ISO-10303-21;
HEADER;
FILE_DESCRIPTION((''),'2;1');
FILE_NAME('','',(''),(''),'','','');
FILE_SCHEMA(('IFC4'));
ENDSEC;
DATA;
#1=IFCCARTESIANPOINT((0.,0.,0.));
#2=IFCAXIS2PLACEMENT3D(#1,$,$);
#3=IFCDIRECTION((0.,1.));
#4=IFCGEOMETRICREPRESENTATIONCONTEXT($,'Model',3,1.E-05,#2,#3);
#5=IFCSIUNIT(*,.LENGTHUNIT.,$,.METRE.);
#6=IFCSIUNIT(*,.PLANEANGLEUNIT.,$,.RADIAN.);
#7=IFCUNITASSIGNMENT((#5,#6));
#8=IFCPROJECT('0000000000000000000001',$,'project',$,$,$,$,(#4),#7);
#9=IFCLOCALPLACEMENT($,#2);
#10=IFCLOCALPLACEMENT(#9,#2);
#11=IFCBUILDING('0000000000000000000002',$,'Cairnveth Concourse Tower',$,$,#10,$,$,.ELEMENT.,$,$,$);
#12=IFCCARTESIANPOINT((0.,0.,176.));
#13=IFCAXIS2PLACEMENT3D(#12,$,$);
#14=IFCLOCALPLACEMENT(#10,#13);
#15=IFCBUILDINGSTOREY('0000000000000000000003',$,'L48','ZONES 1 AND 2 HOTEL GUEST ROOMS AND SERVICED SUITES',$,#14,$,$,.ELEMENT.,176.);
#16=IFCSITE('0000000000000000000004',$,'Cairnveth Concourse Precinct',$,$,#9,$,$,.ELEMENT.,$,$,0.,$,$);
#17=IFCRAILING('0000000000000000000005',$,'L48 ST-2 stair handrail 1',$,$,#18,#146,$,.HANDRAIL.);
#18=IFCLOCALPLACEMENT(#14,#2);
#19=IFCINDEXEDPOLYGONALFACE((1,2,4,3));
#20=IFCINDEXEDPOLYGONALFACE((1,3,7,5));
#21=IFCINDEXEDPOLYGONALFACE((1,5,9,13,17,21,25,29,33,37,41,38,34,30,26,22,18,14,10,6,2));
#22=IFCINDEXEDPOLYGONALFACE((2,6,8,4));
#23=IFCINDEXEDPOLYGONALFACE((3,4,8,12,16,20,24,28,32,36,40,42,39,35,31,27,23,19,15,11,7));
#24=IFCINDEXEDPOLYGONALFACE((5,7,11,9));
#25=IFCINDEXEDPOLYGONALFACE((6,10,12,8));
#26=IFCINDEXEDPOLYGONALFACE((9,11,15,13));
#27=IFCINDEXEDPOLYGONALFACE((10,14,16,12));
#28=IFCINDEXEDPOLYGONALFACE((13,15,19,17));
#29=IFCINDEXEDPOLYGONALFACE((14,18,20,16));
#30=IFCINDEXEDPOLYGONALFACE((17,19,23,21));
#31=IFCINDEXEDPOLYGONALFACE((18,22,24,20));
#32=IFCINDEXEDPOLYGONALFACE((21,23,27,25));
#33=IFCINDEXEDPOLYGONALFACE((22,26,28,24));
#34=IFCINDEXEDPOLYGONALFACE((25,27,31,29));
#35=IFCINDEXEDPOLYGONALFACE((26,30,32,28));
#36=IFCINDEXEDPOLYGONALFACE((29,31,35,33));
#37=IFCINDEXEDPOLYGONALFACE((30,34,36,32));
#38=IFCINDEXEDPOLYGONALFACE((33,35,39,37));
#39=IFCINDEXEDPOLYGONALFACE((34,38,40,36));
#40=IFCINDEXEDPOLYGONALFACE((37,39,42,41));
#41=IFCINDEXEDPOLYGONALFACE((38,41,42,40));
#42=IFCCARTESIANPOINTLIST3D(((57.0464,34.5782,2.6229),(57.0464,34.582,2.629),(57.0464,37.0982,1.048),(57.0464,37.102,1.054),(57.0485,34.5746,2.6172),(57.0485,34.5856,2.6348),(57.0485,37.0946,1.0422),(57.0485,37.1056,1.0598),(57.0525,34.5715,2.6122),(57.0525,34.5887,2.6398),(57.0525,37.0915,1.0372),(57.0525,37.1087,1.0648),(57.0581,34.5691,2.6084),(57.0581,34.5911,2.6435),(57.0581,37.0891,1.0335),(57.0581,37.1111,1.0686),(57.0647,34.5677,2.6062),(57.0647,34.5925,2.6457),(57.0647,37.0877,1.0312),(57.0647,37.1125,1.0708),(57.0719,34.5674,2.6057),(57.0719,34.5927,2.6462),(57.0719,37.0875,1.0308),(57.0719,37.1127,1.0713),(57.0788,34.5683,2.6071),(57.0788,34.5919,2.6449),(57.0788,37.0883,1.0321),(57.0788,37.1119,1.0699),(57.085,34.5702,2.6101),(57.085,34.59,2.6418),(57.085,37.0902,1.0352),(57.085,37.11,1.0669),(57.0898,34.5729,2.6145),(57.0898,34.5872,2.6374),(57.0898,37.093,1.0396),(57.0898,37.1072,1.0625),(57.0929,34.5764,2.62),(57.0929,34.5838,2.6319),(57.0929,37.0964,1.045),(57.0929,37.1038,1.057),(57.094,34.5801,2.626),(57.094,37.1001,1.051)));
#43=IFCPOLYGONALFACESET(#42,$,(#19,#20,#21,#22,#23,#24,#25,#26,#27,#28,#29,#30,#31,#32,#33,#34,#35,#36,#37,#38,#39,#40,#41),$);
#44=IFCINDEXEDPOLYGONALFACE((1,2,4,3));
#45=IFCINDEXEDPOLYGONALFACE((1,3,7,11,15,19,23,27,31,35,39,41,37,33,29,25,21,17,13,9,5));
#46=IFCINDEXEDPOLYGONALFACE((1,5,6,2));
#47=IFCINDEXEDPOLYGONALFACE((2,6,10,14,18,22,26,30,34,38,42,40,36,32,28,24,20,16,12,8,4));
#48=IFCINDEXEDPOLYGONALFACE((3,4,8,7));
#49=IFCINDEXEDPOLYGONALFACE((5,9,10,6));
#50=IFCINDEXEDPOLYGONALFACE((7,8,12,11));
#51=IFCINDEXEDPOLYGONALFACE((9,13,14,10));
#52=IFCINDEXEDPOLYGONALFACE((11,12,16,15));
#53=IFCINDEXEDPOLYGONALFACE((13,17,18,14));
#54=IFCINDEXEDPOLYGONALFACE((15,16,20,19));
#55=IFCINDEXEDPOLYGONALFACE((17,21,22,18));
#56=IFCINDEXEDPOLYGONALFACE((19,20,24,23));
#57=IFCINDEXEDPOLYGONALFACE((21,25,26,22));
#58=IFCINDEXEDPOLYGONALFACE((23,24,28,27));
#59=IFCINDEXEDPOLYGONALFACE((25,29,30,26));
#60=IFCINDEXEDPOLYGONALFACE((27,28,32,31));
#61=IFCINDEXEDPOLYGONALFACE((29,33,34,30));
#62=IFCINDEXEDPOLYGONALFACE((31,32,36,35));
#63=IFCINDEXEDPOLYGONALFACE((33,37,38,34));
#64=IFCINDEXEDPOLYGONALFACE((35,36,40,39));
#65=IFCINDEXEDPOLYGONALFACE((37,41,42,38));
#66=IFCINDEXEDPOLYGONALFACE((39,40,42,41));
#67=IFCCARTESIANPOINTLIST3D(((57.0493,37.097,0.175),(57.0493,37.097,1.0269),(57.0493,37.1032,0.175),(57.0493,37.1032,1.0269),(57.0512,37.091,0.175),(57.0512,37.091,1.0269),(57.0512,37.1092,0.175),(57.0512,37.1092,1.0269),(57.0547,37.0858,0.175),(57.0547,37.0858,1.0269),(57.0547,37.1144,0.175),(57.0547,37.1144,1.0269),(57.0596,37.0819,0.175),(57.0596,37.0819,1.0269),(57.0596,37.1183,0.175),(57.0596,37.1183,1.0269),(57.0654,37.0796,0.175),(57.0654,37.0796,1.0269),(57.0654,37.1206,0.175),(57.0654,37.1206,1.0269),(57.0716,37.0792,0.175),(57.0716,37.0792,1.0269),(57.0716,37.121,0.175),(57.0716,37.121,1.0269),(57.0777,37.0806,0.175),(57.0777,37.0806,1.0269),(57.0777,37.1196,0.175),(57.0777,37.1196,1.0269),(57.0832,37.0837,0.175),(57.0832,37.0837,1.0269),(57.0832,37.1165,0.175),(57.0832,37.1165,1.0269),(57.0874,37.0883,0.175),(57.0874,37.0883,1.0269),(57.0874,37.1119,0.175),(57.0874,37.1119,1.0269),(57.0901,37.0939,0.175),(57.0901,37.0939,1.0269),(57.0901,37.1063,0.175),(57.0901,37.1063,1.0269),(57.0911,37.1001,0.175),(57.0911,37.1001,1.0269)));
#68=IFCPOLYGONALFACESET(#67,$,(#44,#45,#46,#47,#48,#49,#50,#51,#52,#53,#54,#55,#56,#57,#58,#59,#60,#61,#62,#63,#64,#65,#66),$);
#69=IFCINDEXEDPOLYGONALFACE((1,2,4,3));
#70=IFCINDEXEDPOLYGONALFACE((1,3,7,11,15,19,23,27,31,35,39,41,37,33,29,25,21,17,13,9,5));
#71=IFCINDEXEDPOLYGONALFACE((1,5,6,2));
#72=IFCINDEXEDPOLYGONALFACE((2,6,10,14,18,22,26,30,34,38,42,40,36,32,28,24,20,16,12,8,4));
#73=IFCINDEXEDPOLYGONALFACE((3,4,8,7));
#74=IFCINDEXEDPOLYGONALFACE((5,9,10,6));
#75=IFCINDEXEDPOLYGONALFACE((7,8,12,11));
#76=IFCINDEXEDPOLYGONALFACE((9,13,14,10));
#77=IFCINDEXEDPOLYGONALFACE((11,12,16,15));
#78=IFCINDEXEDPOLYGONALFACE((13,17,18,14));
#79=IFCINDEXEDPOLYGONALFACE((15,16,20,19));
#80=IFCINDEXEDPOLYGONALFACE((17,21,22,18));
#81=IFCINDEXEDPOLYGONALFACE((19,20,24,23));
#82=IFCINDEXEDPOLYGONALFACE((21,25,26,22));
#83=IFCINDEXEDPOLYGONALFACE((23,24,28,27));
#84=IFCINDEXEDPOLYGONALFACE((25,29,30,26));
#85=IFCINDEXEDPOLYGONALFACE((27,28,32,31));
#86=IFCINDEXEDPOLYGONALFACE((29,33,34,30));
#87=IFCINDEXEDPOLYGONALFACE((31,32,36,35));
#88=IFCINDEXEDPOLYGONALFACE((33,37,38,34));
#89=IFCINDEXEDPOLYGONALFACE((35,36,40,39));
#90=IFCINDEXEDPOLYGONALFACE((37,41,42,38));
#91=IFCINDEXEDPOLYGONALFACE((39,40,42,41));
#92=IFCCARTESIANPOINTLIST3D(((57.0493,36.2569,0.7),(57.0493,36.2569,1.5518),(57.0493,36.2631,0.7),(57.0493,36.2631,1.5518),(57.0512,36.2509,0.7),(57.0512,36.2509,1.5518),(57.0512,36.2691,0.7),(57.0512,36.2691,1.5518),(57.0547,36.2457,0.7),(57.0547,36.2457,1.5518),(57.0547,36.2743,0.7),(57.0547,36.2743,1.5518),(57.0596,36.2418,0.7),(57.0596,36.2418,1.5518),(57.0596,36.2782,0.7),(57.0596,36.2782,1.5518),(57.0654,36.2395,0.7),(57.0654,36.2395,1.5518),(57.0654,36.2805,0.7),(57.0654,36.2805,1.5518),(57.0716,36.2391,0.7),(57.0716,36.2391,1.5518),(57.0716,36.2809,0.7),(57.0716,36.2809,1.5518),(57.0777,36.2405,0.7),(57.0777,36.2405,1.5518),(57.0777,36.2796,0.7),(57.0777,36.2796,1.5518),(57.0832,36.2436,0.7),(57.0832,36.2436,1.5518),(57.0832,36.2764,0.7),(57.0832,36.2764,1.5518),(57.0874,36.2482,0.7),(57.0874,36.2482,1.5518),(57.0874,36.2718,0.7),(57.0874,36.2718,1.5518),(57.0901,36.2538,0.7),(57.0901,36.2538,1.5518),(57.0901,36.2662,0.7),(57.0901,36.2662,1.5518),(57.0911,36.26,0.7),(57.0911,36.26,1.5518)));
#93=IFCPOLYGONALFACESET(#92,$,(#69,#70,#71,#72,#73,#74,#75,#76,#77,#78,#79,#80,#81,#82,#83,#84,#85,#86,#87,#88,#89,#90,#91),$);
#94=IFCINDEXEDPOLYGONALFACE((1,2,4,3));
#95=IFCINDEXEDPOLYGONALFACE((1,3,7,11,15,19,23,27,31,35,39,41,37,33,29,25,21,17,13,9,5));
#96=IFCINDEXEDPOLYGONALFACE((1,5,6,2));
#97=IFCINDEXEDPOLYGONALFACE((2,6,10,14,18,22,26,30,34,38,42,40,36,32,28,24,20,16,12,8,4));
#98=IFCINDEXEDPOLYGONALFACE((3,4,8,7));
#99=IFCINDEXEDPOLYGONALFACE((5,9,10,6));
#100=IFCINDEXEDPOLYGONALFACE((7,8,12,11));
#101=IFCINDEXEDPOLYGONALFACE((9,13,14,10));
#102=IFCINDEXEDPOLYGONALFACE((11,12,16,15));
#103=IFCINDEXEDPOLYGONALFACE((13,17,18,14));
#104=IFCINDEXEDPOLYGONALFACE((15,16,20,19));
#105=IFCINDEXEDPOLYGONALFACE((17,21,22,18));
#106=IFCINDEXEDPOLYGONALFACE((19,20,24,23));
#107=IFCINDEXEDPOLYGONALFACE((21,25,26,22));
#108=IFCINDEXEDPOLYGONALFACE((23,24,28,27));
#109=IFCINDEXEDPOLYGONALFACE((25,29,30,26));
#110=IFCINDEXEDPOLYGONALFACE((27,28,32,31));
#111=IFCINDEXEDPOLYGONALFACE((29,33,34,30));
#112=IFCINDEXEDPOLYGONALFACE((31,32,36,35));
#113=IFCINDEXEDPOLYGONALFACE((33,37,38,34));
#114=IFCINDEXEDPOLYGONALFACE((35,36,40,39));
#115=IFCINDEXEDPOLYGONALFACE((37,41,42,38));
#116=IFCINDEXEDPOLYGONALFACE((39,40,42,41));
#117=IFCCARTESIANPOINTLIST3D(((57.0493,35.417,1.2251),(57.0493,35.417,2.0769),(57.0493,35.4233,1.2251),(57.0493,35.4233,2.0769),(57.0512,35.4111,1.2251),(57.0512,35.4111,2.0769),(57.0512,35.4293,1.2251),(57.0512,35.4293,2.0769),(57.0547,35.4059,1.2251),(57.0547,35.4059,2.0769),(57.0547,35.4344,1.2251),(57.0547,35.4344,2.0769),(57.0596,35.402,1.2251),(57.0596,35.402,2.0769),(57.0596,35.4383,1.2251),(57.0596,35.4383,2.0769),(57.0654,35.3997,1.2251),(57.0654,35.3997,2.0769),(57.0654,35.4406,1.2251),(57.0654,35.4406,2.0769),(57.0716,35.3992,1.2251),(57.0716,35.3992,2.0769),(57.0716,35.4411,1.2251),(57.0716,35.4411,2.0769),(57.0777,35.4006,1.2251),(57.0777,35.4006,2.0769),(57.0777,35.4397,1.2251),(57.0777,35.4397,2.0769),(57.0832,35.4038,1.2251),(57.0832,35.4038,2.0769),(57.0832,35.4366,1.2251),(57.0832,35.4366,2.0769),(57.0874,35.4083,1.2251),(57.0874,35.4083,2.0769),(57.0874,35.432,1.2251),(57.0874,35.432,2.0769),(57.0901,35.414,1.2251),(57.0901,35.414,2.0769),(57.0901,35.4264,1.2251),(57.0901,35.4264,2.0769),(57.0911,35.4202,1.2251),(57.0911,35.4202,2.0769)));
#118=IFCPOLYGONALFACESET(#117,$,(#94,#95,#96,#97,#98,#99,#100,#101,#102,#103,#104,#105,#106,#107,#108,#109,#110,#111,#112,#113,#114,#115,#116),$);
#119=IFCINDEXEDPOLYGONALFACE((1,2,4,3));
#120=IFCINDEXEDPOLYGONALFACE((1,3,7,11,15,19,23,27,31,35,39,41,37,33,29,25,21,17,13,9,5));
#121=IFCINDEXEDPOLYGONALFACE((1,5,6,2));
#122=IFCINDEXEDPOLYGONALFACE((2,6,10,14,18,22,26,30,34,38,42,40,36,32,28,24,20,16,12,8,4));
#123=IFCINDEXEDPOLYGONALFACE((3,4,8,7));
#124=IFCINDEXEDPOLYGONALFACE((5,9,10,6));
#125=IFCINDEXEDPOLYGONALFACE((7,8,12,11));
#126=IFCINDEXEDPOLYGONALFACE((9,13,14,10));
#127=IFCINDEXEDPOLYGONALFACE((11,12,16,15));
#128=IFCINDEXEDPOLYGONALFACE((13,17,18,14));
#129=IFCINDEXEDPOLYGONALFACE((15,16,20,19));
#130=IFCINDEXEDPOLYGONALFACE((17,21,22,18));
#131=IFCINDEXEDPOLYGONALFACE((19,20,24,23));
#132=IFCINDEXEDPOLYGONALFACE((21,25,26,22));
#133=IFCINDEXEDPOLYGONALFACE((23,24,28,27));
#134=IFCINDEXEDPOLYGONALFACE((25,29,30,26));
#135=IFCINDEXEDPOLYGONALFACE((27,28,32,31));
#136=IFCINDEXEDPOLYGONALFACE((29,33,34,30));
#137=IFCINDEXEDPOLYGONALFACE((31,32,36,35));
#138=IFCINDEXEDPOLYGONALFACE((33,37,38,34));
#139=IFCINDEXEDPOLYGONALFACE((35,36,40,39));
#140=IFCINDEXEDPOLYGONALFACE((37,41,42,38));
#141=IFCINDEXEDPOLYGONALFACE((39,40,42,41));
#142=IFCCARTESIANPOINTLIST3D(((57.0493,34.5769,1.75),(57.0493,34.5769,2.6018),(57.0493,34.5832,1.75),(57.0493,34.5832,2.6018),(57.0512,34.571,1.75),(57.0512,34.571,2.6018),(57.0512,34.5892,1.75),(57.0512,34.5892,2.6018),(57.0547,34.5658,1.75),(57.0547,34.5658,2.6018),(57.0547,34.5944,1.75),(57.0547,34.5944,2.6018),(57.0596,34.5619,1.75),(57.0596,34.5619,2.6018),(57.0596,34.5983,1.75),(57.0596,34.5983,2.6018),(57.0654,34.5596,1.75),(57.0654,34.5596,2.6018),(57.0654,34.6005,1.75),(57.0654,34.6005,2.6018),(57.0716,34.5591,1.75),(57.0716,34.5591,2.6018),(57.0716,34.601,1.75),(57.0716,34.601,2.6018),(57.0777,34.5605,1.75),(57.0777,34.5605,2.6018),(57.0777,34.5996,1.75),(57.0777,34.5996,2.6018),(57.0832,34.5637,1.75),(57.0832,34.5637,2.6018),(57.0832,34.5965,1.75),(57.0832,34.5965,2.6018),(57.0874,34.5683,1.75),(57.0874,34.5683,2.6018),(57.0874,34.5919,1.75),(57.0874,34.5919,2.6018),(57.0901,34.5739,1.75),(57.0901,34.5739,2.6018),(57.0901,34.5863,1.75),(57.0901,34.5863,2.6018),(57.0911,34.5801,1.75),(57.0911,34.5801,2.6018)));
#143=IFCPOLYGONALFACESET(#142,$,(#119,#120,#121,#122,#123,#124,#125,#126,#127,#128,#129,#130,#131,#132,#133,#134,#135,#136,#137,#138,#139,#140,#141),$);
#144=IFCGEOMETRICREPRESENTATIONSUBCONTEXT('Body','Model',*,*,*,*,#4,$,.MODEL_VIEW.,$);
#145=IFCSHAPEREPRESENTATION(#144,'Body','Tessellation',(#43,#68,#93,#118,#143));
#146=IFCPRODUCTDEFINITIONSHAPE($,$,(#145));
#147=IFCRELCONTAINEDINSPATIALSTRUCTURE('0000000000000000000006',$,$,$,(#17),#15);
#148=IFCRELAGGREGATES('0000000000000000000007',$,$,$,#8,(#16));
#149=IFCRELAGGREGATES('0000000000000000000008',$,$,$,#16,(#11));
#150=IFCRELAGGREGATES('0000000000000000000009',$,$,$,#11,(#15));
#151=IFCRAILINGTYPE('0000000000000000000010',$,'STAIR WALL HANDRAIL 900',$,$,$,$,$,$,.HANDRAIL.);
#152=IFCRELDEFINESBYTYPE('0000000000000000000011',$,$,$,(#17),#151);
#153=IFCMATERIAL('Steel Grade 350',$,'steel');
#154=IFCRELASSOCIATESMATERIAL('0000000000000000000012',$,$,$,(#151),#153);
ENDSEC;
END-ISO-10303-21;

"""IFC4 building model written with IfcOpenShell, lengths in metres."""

from ifc_helpers import new_model, si_unit, direction, frame, origin, origin_2d, place, context, subcontext, project, spatial, circle, extrude, material, type_object, element, save


model = new_model("IFC4")

# Units and contexts
model_context = context("Model", 3, precision=1e-05, world=origin(), true_north=direction((0.0, 1.0)))
body_context = subcontext(model_context, "Body", "Model", "MODEL_VIEW")
ifc_project = project(units=[si_unit("LENGTHUNIT", "METRE"), si_unit("PLANEANGLEUNIT", "RADIAN")], contexts=[model_context])

# Site, building, storey
site_placement = place(None, origin())
site = spatial("IfcSite", under=ifc_project, at=site_placement, Name="Cairnveth Concourse Precinct", CompositionType="ELEMENT", RefElevation=0.0)
building_placement = place(site_placement, origin())
building = spatial("IfcBuilding", under=site, at=building_placement, Name="Cairnveth Concourse Tower", CompositionType="ELEMENT")
storey_placement = place(building_placement, frame((0.0, 0.0, 176.0)))
storey = spatial("IfcBuildingStorey", under=building, at=storey_placement, Name="L48", Description="ZONES 1 AND 2 HOTEL GUEST ROOMS AND SERVICED SUITES", CompositionType="ELEMENT", Elevation=176.0)

# Shared definitions
ifc_material_1 = material(Name="Steel Grade 350", Category="steel")

# Railing
railing_type = type_object("IfcRailingType", Name="STAIR WALL HANDRAIL 900", PredefinedType="HANDRAIL", material=ifc_material_1)
railing_placement = place(storey_placement, frame((57.0701, 37.1001, 0.175)))
element("IfcRailing", 1, at=railing_placement, inside=storey, type_object=railing_type, Name="L48 ST-2 stair handrail 1", PredefinedType="HANDRAIL", context=body_context, shape_type="SweptSolid", body=[
    extrude(circle(Radius=0.0239, at=origin_2d()), frame((0.0, 0.0, 0.876), z_axis=(0.0, -0.848008, 0.529984), x_axis=(1.0, 0.0, 0.0)), (0.0, 0.0, 1.0), 2.9717),
    extrude(circle(Radius=0.021, at=origin_2d()), origin(), (0.0, 0.0, 1.0), 0.8518),
    extrude(circle(Radius=0.021, at=origin_2d()), frame((0.0, -0.8401, 0.5249)), (0.0, 0.0, 1.0), 0.8518),
    extrude(circle(Radius=0.021, at=origin_2d()), frame((0.0, -1.6799, 1.05)), (0.0, 0.0, 1.0), 0.8518),
    extrude(circle(Radius=0.021, at=origin_2d()), frame((0.0, -2.52, 1.575)), (0.0, 0.0, 1.0), 0.8518),
])

save(model, "model.ifc")
